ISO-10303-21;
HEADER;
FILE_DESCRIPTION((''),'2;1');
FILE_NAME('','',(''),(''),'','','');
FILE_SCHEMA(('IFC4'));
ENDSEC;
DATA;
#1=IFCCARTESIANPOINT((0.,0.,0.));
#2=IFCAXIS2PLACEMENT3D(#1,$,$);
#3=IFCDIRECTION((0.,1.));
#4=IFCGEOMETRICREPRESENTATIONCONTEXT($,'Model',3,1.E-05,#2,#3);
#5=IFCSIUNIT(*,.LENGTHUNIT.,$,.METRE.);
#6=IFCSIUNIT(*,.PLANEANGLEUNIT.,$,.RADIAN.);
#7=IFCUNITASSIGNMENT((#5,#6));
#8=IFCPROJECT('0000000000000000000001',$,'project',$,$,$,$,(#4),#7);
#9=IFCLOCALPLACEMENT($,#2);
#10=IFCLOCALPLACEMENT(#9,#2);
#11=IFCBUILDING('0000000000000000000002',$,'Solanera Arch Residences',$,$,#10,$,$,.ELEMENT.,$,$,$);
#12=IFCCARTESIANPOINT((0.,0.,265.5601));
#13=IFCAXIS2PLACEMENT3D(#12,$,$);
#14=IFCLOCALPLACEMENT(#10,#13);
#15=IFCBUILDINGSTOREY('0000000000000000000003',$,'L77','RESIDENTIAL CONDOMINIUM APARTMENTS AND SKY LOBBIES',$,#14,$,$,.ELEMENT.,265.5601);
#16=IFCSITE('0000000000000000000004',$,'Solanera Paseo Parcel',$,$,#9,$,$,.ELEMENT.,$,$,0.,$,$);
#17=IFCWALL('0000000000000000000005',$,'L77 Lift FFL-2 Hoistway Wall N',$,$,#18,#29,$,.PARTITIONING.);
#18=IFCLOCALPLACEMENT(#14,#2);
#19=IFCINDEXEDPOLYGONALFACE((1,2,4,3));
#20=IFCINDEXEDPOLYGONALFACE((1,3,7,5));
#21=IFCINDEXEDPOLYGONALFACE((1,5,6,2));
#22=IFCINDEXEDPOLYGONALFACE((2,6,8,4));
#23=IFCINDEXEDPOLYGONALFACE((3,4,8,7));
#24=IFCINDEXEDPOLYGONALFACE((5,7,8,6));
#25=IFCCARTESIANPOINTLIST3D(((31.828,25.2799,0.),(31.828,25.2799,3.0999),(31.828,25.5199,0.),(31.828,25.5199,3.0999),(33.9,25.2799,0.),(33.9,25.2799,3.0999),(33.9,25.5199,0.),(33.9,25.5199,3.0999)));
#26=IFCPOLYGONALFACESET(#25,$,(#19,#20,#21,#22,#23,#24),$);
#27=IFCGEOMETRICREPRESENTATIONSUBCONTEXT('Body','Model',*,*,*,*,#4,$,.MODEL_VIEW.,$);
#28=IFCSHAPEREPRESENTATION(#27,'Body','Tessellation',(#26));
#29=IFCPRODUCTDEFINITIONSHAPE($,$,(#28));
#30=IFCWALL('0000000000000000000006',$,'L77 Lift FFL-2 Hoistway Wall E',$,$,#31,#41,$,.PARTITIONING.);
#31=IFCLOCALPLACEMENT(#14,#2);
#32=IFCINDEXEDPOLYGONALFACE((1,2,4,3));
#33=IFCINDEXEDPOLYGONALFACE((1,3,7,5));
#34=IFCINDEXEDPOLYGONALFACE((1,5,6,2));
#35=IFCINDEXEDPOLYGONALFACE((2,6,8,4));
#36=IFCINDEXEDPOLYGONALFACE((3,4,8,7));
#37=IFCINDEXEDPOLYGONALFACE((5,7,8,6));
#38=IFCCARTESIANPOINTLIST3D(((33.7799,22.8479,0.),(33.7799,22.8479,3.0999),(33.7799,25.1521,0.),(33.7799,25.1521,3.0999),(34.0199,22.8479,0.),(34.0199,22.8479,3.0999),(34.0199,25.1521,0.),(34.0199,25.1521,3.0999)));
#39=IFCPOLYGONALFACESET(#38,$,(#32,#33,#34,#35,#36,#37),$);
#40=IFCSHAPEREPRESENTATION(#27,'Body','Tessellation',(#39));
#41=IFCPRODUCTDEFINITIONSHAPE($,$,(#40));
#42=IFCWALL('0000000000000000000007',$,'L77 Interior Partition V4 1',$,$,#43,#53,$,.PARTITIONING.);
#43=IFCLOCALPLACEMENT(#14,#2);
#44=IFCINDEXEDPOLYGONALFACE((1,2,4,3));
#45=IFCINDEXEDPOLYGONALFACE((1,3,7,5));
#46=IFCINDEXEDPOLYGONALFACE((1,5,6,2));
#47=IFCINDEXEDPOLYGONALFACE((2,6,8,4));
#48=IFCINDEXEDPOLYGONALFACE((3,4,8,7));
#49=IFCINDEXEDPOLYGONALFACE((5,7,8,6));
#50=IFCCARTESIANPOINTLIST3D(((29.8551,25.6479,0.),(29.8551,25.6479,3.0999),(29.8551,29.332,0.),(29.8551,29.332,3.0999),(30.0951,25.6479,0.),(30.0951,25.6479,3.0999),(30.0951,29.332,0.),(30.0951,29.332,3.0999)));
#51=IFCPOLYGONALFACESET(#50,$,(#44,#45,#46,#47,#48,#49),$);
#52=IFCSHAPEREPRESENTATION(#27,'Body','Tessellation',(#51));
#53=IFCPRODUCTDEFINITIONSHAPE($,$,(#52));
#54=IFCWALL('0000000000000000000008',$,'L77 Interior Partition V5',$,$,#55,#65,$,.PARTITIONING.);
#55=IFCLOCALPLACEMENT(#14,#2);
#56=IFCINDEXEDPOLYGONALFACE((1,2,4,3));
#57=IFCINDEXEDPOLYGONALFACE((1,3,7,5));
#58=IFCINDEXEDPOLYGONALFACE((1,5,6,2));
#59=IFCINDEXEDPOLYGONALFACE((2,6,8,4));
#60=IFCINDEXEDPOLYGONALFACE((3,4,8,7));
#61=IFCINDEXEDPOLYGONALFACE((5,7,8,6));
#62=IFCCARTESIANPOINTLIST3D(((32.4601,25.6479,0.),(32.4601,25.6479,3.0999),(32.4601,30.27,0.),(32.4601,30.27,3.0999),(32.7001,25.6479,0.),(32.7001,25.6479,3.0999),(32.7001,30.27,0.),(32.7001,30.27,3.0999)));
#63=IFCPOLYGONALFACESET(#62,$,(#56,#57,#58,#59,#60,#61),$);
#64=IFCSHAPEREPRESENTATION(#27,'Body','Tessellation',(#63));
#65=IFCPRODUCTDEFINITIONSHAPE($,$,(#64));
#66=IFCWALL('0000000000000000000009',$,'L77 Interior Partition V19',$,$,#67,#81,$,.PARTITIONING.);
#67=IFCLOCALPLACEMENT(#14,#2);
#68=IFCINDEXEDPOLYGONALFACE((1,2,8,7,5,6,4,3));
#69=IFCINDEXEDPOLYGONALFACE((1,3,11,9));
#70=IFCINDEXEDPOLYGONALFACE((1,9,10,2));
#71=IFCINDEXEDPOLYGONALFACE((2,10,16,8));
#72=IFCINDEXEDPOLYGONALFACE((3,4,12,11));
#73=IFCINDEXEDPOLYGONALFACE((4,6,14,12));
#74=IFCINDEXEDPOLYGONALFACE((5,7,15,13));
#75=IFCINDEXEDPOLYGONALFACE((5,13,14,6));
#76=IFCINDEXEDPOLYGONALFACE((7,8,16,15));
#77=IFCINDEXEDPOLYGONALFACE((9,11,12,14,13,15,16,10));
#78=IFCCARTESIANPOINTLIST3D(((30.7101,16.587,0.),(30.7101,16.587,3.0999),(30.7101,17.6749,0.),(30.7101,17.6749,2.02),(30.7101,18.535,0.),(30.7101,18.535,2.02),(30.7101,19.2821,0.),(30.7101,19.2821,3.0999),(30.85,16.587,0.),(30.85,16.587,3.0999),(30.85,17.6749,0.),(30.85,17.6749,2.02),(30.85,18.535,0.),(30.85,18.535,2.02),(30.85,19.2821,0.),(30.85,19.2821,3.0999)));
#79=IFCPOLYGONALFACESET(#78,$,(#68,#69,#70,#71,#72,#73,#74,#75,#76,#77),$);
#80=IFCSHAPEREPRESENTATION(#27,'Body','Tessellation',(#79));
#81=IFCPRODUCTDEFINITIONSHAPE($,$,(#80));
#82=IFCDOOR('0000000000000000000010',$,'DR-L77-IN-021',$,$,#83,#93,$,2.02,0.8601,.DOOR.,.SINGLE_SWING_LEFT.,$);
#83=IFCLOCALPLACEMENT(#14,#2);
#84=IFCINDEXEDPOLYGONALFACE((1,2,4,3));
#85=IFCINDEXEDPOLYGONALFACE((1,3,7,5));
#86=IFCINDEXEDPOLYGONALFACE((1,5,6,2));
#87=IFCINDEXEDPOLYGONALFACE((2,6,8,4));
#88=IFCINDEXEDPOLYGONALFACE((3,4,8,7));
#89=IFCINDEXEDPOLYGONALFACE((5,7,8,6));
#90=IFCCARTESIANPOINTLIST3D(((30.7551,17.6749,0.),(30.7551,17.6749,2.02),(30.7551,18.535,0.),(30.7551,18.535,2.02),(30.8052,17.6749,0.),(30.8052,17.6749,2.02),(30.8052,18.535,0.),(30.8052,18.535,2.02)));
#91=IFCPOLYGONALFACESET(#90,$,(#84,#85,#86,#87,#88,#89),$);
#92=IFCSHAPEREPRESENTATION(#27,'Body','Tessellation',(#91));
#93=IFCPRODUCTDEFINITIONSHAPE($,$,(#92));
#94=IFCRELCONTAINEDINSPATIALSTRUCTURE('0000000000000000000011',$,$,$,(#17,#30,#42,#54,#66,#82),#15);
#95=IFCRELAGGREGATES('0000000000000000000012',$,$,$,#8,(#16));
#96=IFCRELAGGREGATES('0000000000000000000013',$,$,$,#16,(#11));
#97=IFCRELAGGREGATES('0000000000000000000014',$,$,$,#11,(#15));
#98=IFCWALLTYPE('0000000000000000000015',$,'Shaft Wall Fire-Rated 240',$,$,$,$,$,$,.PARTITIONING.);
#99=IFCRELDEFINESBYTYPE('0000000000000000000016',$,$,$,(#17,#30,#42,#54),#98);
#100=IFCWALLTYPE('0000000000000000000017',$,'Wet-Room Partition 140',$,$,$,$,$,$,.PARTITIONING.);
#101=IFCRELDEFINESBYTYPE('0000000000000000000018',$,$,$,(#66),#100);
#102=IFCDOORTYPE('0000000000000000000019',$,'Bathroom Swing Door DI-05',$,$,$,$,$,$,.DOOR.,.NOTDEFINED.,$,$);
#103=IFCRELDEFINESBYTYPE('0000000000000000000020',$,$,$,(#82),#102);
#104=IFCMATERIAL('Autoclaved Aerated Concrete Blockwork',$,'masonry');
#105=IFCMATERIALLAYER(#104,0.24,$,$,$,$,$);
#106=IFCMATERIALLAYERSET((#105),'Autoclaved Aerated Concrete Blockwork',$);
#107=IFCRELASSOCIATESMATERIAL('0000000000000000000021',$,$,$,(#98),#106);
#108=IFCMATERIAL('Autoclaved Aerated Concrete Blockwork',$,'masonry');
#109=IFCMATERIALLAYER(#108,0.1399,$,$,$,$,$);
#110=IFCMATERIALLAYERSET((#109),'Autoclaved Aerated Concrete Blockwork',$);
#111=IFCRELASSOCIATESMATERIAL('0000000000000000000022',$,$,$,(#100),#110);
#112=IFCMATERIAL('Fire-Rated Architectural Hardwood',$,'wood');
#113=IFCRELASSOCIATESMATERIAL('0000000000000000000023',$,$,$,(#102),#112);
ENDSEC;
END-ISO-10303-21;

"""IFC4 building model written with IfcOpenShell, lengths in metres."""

from ifc_helpers import new_model, si_unit, direction, frame, frame_2d, origin, place, context, subcontext, project, spatial, rectangle, extrude, material, layer, layer_set, type_object, element, fill, save


model = new_model("IFC4")

# Units and contexts
model_context = context("Model", 3, precision=1e-05, world=origin(), true_north=direction((0.0, 1.0)))
body_context = subcontext(model_context, "Body", "Model", "MODEL_VIEW")
ifc_project = project(units=[si_unit("LENGTHUNIT", "METRE"), si_unit("PLANEANGLEUNIT", "RADIAN")], contexts=[model_context])

# Site, building, storey
site_placement = place(None, origin())
site = spatial("IfcSite", under=ifc_project, at=site_placement, Name="Solanera Paseo Parcel", CompositionType="ELEMENT", RefElevation=0.0)
building_placement = place(site_placement, origin())
building = spatial("IfcBuilding", under=site, at=building_placement, Name="Solanera Arch Residences", CompositionType="ELEMENT")
storey_placement = place(building_placement, frame((0.0, 0.0, 265.5601)))
storey = spatial("IfcBuildingStorey", under=building, at=storey_placement, Name="L77", Description="RESIDENTIAL CONDOMINIUM APARTMENTS AND SKY LOBBIES", CompositionType="ELEMENT", Elevation=265.5601)

# Walls
ifc_material_1 = material(Name="Autoclaved Aerated Concrete Blockwork", Category="masonry")
ifc_layer_1 = layer(ifc_material_1, 0.24)
ifc_layer_set_1 = layer_set([ifc_layer_1], Name="Autoclaved Aerated Concrete Blockwork")
wall_type_1 = type_object("IfcWallType", Name="Shaft Wall Fire-Rated 240", PredefinedType="PARTITIONING", material=ifc_layer_set_1)
for number, where, z_axis, x_axis, name in (
    (1, (31.8279, 25.3999, 0.0), (0.0, 0.0, 1.0), (1.0, 0.0, 0.0), "L77 Lift FFL-2 Hoistway Wall N"),
):
    element("IfcWall", number, at=place(storey_placement, frame(where, z_axis=z_axis, x_axis=x_axis)), inside=storey, type_object=wall_type_1, Name=name, PredefinedType="PARTITIONING", context=body_context, shape_type="SweptSolid", body=[
        extrude(rectangle(XDim=2.072, YDim=0.24, at=frame_2d((1.0361, 0.0))), origin(), (0.0, 0.0, 1.0), 3.0999),
    ])
wall_1_placement = place(storey_placement, frame((33.8999, 22.8479, 0.0), z_axis=(0.0, 0.0, 1.0), x_axis=(0.0, 1.0, 0.0)))
element("IfcWall", 2, at=wall_1_placement, inside=storey, type_object=wall_type_1, Name="L77 Lift FFL-2 Hoistway Wall E", PredefinedType="PARTITIONING", context=body_context, shape_type="SweptSolid", body=[
    extrude(rectangle(XDim=2.3042, YDim=0.24, at=frame_2d((1.1521, 0.0))), origin(), (0.0, 0.0, 1.0), 3.0999),
])
wall_2_placement = place(storey_placement, frame((29.9751, 25.6479, 0.0), z_axis=(0.0, 0.0, 1.0), x_axis=(0.0, 1.0, 0.0)))
element("IfcWall", 3, at=wall_2_placement, inside=storey, type_object=wall_type_1, Name="L77 Interior Partition V4 1", PredefinedType="PARTITIONING", context=body_context, shape_type="SweptSolid", body=[
    extrude(rectangle(XDim=3.6841, YDim=0.24, at=frame_2d((1.842, 0.0))), origin(), (0.0, 0.0, 1.0), 3.0999),
])

# Wall
wall_3_placement = place(storey_placement, frame((32.5801, 25.6479, 0.0), z_axis=(0.0, 0.0, 1.0), x_axis=(0.0, 1.0, 0.0)))
element("IfcWall", 4, at=wall_3_placement, inside=storey, type_object=wall_type_1, Name="L77 Interior Partition V5", PredefinedType="PARTITIONING", context=body_context, shape_type="SweptSolid", body=[
    extrude(rectangle(XDim=4.6221, YDim=0.24, at=frame_2d((2.311, 0.0))), origin(), (0.0, 0.0, 1.0), 3.0999),
])

# Wall, opening, door
ifc_material_2 = material(Name="Autoclaved Aerated Concrete Blockwork", Category="masonry")
ifc_layer_2 = layer(ifc_material_2, 0.1399)
ifc_layer_set_2 = layer_set([ifc_layer_2], Name="Autoclaved Aerated Concrete Blockwork")
wall_type_2 = type_object("IfcWallType", Name="Wet-Room Partition 140", PredefinedType="PARTITIONING", material=ifc_layer_set_2)
wall_4_placement = place(storey_placement, frame((30.78, 16.5869, 0.0), z_axis=(0.0, 0.0, 1.0), x_axis=(0.0, 1.0, 0.0)))
wall_4 = element("IfcWall", 5, at=wall_4_placement, inside=storey, type_object=wall_type_2, Name="L77 Interior Partition V19", PredefinedType="PARTITIONING", context=body_context, shape_type="SweptSolid", body=[
    extrude(rectangle(XDim=2.6951, YDim=0.1399, at=frame_2d((1.3477, 0.0))), origin(), (0.0, 0.0, 1.0), 3.0999),
])
opening_1_placement = place(wall_4_placement, frame((1.0879, 0.0, 0.0)))
opening_1 = element("IfcOpeningElement", 6, at=opening_1_placement, cuts=wall_4, PredefinedType="OPENING", context=body_context, shape_type="SweptSolid", body=[
    extrude(rectangle(XDim=0.8601, YDim=2.02, at=frame_2d((0.4302, 1.01))), frame((0.0, 0.0798, 0.0), z_axis=(0.0, -1.0, 0.0), x_axis=(1.0, 0.0, 0.0)), (0.0, 0.0, 1.0), 0.1599),
])
ifc_material_3 = material(Name="Fire-Rated Architectural Hardwood", Category="wood")
door_type_1 = type_object("IfcDoorType", Name="Bathroom Swing Door DI-05", OperationType="NOTDEFINED", PredefinedType="DOOR", material=ifc_material_3)
door_1_placement = place(opening_1_placement, origin())
door_1 = element("IfcDoor", 7, at=door_1_placement, inside=storey, type_object=door_type_1, Name="DR-L77-IN-021", OperationType="SINGLE_SWING_LEFT", OverallHeight=2.02, OverallWidth=0.8601, PredefinedType="DOOR", context=body_context, shape_type="SweptSolid", body=[
    extrude(rectangle(XDim=0.8601, YDim=2.02, at=frame_2d((0.4302, 1.01))), frame((0.0, 0.0249, 0.0), z_axis=(0.0, -1.0, 0.0), x_axis=(1.0, 0.0, 0.0)), (0.0, 0.0, 1.0), 0.05),
])
fill(opening_1, door_1)

save(model, "model.ifc")
